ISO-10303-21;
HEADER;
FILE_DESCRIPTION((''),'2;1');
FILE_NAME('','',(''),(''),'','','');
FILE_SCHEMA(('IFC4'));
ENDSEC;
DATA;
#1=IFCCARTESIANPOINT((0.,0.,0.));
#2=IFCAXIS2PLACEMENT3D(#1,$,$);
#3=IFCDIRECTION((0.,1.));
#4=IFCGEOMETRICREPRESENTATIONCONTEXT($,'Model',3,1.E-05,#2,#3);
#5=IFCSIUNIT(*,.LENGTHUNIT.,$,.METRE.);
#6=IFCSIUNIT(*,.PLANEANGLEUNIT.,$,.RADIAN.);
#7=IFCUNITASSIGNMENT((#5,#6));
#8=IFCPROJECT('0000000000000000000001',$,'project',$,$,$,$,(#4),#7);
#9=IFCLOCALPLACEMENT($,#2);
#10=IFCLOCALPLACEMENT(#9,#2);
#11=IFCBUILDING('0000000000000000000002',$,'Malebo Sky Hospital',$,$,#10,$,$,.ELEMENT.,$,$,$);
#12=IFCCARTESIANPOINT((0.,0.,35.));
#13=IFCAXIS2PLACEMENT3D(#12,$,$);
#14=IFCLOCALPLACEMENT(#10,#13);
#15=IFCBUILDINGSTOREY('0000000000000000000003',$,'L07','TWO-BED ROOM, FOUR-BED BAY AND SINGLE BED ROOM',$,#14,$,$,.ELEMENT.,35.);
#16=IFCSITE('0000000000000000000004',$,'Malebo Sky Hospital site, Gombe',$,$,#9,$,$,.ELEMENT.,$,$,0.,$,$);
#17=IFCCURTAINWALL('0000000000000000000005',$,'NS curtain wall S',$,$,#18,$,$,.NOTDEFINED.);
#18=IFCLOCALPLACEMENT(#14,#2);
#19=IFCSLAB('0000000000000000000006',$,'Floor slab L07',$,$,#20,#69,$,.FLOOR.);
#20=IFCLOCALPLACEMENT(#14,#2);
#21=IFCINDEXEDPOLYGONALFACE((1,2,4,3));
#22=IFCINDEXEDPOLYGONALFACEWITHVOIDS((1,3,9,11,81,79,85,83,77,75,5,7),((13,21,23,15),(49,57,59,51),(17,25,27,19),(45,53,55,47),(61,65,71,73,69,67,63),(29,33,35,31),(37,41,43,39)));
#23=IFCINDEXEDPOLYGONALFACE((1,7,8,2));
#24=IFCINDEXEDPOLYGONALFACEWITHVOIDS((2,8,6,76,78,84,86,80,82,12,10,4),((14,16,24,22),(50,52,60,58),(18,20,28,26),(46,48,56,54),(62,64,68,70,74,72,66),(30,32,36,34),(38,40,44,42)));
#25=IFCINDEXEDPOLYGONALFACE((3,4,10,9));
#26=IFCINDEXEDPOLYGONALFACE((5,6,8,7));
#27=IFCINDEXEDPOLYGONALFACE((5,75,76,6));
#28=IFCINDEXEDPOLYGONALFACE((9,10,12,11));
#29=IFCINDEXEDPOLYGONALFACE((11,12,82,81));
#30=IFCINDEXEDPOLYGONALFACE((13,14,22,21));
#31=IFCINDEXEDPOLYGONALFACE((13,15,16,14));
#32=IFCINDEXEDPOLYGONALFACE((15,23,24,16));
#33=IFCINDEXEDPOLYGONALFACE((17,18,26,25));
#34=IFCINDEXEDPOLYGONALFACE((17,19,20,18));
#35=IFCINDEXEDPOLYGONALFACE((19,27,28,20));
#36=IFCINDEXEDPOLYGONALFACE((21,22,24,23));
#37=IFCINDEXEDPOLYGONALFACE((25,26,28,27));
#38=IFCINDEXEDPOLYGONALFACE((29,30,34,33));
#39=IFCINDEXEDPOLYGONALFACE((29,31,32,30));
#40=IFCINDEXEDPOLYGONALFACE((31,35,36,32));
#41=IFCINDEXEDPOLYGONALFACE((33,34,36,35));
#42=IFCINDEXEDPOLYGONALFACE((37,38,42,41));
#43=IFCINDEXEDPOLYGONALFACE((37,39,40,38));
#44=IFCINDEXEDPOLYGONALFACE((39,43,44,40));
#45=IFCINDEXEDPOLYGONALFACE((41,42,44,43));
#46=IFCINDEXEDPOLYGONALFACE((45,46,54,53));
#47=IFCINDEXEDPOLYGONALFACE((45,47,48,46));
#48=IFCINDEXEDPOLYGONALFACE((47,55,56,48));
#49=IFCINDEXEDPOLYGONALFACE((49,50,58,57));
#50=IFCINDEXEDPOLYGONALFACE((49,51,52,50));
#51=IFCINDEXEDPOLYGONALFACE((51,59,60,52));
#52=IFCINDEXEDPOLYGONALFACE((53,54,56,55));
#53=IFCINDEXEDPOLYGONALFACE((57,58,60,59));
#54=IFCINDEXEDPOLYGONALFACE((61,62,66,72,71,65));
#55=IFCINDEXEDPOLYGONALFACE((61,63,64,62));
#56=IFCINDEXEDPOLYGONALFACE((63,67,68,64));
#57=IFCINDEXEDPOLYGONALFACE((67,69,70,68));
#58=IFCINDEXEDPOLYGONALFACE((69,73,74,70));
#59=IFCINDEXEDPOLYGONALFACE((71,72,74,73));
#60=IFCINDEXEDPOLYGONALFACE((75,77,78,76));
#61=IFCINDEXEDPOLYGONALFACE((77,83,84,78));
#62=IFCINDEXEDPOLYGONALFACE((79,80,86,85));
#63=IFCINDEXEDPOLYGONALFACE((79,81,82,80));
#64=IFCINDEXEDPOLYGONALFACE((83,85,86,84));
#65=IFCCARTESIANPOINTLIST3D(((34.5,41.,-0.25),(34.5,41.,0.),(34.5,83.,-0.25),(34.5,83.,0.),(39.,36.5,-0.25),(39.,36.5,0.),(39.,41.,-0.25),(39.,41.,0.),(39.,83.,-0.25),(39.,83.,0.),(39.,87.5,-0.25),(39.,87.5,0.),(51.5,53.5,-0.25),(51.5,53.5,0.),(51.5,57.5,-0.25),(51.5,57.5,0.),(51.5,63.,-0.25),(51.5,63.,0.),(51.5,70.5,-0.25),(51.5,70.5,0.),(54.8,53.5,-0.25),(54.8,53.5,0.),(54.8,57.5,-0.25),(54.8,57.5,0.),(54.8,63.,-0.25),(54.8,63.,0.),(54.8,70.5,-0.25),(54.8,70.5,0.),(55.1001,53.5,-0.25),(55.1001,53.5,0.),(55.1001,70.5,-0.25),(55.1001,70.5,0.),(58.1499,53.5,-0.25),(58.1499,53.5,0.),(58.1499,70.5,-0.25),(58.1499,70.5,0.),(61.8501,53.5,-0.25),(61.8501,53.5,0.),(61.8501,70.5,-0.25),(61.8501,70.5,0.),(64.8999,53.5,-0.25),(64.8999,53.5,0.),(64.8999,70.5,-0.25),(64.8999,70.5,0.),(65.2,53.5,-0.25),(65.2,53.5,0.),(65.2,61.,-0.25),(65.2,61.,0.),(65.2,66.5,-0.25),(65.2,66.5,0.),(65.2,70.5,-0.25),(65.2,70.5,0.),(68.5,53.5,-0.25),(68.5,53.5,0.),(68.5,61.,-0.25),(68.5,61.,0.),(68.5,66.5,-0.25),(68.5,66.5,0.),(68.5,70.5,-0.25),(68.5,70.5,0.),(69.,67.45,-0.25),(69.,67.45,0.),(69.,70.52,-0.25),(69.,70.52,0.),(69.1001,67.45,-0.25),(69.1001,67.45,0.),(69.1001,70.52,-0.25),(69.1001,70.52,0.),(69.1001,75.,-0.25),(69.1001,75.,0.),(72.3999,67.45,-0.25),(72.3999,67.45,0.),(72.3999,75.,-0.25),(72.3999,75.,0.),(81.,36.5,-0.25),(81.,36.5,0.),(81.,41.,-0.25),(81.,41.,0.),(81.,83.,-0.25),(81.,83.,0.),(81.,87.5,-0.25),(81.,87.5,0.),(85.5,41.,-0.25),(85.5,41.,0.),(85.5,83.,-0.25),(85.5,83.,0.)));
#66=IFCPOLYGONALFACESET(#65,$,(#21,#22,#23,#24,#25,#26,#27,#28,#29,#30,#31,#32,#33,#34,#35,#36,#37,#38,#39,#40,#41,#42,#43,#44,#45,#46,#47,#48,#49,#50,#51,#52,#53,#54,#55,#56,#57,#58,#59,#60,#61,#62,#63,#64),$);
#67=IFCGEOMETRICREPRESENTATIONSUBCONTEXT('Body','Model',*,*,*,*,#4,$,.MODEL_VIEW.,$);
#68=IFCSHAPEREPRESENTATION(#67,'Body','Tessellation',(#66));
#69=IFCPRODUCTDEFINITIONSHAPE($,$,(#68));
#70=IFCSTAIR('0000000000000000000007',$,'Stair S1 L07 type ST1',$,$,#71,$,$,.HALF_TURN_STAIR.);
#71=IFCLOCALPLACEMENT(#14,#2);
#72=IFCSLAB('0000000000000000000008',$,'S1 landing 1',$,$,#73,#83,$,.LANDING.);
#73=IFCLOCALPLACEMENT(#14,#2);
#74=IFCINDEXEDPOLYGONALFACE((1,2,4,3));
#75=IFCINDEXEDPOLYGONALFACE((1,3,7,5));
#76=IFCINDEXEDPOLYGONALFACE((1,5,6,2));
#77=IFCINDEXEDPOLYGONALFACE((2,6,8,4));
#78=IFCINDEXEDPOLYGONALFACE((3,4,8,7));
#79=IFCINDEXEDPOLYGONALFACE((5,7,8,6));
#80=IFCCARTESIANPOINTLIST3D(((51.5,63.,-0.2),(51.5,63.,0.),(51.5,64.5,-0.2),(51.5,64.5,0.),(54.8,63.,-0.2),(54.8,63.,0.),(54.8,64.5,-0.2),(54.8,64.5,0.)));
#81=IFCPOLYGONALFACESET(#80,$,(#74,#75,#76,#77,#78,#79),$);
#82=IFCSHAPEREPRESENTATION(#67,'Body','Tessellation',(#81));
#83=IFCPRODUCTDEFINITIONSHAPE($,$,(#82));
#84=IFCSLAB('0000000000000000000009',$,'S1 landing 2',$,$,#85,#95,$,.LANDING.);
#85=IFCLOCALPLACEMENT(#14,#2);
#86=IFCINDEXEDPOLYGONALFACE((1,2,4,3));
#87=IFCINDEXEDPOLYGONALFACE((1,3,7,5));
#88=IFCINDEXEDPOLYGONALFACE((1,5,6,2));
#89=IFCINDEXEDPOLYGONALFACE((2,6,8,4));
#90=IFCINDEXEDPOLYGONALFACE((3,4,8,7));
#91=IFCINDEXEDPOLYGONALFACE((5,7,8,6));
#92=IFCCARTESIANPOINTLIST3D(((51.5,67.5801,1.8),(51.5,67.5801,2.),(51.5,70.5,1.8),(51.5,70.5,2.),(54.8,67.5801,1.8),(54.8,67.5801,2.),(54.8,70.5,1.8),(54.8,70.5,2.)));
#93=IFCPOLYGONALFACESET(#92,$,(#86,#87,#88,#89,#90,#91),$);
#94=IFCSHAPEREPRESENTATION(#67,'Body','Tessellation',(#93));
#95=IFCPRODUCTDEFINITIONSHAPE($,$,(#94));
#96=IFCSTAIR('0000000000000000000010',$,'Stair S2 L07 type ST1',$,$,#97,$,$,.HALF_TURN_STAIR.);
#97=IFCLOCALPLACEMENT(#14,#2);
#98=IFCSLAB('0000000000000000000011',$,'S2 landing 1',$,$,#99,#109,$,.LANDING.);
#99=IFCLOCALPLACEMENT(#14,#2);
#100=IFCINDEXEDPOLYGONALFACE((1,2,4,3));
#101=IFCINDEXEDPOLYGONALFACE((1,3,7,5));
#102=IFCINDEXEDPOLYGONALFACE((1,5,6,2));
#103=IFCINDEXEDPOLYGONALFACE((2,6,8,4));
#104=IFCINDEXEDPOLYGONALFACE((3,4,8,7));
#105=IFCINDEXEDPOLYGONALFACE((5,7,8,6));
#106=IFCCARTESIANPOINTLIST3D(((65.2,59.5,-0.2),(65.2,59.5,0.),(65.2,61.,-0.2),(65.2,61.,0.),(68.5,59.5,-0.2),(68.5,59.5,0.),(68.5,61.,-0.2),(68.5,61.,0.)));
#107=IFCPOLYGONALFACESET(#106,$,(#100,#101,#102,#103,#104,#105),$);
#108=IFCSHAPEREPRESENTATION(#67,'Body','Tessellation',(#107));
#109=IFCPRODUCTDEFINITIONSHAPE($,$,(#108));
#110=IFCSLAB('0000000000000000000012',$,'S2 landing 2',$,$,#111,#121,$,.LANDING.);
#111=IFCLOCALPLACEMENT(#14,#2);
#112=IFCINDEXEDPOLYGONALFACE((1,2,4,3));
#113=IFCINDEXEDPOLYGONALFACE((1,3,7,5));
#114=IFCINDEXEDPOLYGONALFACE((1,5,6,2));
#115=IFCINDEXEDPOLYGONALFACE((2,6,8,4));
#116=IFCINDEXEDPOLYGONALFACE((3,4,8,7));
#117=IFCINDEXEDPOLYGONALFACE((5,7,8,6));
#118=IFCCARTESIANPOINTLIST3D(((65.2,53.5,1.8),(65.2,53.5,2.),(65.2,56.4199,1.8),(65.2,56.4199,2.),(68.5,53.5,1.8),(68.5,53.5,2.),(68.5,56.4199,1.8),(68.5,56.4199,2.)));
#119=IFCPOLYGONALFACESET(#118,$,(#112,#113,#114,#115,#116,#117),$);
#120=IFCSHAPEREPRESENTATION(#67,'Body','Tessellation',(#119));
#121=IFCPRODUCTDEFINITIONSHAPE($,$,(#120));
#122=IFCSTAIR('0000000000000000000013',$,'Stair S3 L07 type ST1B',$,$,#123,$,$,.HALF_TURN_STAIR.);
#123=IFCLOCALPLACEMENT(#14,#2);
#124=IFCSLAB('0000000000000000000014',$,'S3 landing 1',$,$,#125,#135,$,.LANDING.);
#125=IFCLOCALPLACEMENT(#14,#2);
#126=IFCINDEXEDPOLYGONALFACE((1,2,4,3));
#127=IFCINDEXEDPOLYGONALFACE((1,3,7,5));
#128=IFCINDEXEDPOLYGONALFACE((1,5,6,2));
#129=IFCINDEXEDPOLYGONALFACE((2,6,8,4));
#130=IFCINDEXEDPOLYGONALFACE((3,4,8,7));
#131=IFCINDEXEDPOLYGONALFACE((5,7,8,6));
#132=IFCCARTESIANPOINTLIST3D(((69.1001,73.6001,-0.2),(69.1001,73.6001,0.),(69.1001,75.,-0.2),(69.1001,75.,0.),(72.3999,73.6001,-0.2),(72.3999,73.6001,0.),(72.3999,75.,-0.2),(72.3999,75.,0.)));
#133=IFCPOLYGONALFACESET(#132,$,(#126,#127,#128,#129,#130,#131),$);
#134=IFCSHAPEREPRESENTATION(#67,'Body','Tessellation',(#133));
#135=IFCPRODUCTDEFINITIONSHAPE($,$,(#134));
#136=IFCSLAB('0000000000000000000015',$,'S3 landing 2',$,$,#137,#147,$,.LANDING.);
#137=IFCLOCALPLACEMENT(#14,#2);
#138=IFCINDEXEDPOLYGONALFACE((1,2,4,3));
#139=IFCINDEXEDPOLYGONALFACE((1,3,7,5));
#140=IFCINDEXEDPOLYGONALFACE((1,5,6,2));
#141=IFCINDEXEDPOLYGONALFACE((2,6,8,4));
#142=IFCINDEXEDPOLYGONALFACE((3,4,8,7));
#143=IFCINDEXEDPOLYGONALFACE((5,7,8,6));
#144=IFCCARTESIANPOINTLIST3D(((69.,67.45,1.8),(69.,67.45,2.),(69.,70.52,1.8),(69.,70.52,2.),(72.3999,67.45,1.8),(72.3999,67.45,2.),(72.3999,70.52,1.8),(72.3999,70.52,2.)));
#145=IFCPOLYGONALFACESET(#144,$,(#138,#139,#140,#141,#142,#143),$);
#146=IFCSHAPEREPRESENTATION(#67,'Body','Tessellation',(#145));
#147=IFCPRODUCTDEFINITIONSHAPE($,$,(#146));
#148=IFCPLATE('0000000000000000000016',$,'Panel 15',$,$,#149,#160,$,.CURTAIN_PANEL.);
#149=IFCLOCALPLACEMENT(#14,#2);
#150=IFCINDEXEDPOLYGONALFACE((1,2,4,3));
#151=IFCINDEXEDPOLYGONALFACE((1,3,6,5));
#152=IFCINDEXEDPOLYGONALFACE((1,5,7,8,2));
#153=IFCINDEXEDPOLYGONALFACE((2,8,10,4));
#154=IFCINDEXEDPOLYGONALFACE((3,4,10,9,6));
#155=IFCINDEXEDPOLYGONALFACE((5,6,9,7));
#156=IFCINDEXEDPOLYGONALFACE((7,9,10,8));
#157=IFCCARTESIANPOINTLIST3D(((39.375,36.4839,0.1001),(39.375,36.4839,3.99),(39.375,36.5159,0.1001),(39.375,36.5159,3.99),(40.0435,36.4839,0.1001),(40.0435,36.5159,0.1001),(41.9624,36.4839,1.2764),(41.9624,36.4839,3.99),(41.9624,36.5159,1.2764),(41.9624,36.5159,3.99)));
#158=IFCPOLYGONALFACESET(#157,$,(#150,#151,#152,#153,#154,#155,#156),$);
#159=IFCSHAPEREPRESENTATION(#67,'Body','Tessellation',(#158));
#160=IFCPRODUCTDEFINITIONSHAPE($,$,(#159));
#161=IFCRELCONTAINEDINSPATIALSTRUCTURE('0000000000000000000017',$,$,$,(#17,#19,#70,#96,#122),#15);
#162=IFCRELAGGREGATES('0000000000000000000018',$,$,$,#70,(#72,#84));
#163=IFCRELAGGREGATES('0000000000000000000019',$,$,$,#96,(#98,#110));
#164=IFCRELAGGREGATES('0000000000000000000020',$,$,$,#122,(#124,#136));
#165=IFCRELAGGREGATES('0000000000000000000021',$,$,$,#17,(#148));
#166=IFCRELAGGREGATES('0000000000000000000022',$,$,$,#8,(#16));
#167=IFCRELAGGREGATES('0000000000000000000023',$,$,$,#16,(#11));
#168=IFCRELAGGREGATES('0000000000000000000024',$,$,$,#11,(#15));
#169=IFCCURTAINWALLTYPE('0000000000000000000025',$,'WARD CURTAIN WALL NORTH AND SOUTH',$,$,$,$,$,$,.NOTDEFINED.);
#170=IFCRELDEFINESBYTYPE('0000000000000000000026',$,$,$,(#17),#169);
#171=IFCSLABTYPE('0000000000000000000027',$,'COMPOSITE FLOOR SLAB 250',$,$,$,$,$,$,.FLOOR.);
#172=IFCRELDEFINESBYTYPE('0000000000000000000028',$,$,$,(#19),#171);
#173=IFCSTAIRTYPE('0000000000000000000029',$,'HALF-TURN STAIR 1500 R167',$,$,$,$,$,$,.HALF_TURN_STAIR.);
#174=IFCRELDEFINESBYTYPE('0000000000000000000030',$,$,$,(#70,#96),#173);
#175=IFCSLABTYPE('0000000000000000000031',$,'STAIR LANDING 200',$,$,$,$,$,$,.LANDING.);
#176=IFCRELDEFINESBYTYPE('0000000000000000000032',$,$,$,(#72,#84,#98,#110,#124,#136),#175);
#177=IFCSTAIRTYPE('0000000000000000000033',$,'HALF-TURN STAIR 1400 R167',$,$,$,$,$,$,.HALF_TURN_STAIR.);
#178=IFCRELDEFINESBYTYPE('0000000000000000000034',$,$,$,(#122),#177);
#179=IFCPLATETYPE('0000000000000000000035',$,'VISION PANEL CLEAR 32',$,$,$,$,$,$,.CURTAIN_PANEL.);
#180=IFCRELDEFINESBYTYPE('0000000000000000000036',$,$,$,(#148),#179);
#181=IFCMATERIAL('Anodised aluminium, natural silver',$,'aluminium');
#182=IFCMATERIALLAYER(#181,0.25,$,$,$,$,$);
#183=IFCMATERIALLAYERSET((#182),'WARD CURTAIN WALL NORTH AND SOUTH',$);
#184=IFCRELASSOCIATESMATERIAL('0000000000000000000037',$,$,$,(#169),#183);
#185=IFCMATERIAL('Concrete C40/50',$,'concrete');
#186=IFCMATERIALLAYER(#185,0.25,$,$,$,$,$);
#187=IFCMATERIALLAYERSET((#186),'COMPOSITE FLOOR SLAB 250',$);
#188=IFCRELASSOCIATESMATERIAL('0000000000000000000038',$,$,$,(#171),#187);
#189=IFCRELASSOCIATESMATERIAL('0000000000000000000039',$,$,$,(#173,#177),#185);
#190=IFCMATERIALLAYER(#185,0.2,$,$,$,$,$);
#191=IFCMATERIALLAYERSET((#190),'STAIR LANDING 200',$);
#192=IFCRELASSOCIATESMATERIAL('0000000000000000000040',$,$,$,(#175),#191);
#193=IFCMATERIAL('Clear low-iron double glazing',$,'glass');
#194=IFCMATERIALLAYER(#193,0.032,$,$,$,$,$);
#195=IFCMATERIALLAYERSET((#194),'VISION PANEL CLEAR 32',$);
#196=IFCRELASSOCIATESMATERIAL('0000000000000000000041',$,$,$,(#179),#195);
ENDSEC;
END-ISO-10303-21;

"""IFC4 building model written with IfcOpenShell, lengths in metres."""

from ifc_helpers import new_model, si_unit, direction, frame, origin, place, context, subcontext, project, spatial, polyline, outline, extrude, material, layer, layer_set, type_object, element, aggregate, save


model = new_model("IFC4")

# Units and contexts
model_context = context("Model", 3, precision=1e-05, world=origin(), true_north=direction((0.0, 1.0)))
body_context = subcontext(model_context, "Body", "Model", "MODEL_VIEW")
ifc_project = project(units=[si_unit("LENGTHUNIT", "METRE"), si_unit("PLANEANGLEUNIT", "RADIAN")], contexts=[model_context])

# Site, building, storey
site_placement = place(None, origin())
site = spatial("IfcSite", under=ifc_project, at=site_placement, Name="Malebo Sky Hospital site, Gombe", CompositionType="ELEMENT", RefElevation=0.0)
building_placement = place(site_placement, origin())
building = spatial("IfcBuilding", under=site, at=building_placement, Name="Malebo Sky Hospital", CompositionType="ELEMENT")
storey_placement = place(building_placement, frame((0.0, 0.0, 35.0)))
storey = spatial("IfcBuildingStorey", under=building, at=storey_placement, Name="L07", Description="TWO-BED ROOM, FOUR-BED BAY AND SINGLE BED ROOM", CompositionType="ELEMENT", Elevation=35.0)

# Curtain wall
ifc_material_1 = material(Name="Anodised aluminium, natural silver", Category="aluminium")
ifc_layer_1 = layer(ifc_material_1, 0.25)
ifc_layer_set_1 = layer_set([ifc_layer_1], Name="WARD CURTAIN WALL NORTH AND SOUTH")
curtain_wall_type = type_object("IfcCurtainWallType", Name="WARD CURTAIN WALL NORTH AND SOUTH", PredefinedType="NOTDEFINED", material=ifc_layer_set_1)
curtain_wall_placement = place(storey_placement, origin())
curtain_wall = element("IfcCurtainWall", 1, at=curtain_wall_placement, inside=storey, type_object=curtain_wall_type, Name="NS curtain wall S", PredefinedType="NOTDEFINED")

# Slab
ifc_material_2 = material(Name="Concrete C40/50", Category="concrete")
ifc_layer_2 = layer(ifc_material_2, 0.25)
ifc_layer_set_2 = layer_set([ifc_layer_2], Name="COMPOSITE FLOOR SLAB 250")
slab_type_1 = type_object("IfcSlabType", Name="COMPOSITE FLOOR SLAB 250", PredefinedType="FLOOR", material=ifc_layer_set_2)
slab_1_placement = place(storey_placement, frame((0.0, 0.0, -0.25)))
element("IfcSlab", 2, at=slab_1_placement, inside=storey, type_object=slab_type_1, Name="Floor slab L07", PredefinedType="FLOOR", context=body_context, shape_type="SweptSolid", body=[
    extrude(outline(polyline([(39.0, 87.5), (39.0, 83.0), (34.5, 83.0), (34.5, 41.0), (39.0, 41.0), (39.0, 36.5), (81.0, 36.5), (81.0, 41.0), (85.5, 41.0), (85.5, 83.0), (81.0, 83.0), (81.0, 87.5), (39.0, 87.5)]), holes=[polyline([(55.1001, 70.5), (58.1499, 70.5), (58.1499, 53.5), (55.1001, 53.5), (55.1001, 70.5)]), polyline([(64.8999, 70.5), (64.8999, 53.5), (61.8501, 53.5), (61.8501, 70.5), (64.8999, 70.5)]), polyline([(54.8, 63.0), (51.5, 63.0), (51.5, 70.5), (54.8, 70.5), (54.8, 63.0)]), polyline([(51.5, 53.5), (51.5, 57.5), (54.8, 57.5), (54.8, 53.5), (51.5, 53.5)]), polyline([(65.2, 61.0), (68.5, 61.0), (68.5, 53.5), (65.2, 53.5), (65.2, 61.0)]), polyline([(68.5, 70.5), (68.5, 66.5), (65.2, 66.5), (65.2, 70.5), (68.5, 70.5)]), polyline([(69.0, 67.45), (69.0, 70.52), (69.1001, 70.52), (69.1001, 75.0), (72.3999, 75.0), (72.3999, 67.45), (69.1001, 67.45), (69.0, 67.45)])]), origin(), (0.0, 0.0, 1.0), 0.25),
])

# Stairs, slabs
stair_type_1 = type_object("IfcStairType", Name="HALF-TURN STAIR 1500 R167", PredefinedType="HALF_TURN_STAIR", material=ifc_material_2)
stair_1_placement = place(storey_placement, origin())
stair_1 = element("IfcStair", 3, at=stair_1_placement, inside=storey, type_object=stair_type_1, Name="Stair S1 L07 type ST1", PredefinedType="HALF_TURN_STAIR")
ifc_layer_3 = layer(ifc_material_2, 0.2)
ifc_layer_set_3 = layer_set([ifc_layer_3], Name="STAIR LANDING 200")
slab_type_2 = type_object("IfcSlabType", Name="STAIR LANDING 200", PredefinedType="LANDING", material=ifc_layer_set_3)
slab_2_placement = place(storey_placement, frame((0.0, 0.0, -0.2)))
slab_2 = element("IfcSlab", 4, at=slab_2_placement, type_object=slab_type_2, Name="S1 landing 1", PredefinedType="LANDING", context=body_context, shape_type="SweptSolid", body=[
    extrude(outline(polyline([(51.5, 63.0), (54.8, 63.0), (54.8, 64.5), (51.5, 64.5), (51.5, 63.0)])), origin(), (0.0, 0.0, 1.0), 0.2),
])
slab_3_placement = place(storey_placement, frame((0.0, 0.0, 1.8)))
slab_3 = element("IfcSlab", 5, at=slab_3_placement, type_object=slab_type_2, Name="S1 landing 2", PredefinedType="LANDING", context=body_context, shape_type="SweptSolid", body=[
    extrude(outline(polyline([(51.5, 67.5801), (54.8, 67.5801), (54.8, 70.5), (51.5, 70.5), (51.5, 67.5801)])), origin(), (0.0, 0.0, 1.0), 0.2),
])
aggregate(stair_1, [slab_2, slab_3])
stair_2_placement = place(storey_placement, origin())
stair_2 = element("IfcStair", 6, at=stair_2_placement, inside=storey, type_object=stair_type_1, Name="Stair S2 L07 type ST1", PredefinedType="HALF_TURN_STAIR")
slab_4_placement = place(storey_placement, frame((0.0, 0.0, -0.2)))
slab_4 = element("IfcSlab", 7, at=slab_4_placement, type_object=slab_type_2, Name="S2 landing 1", PredefinedType="LANDING", context=body_context, shape_type="SweptSolid", body=[
    extrude(outline(polyline([(65.2, 59.5), (68.5, 59.5), (68.5, 61.0), (65.2, 61.0), (65.2, 59.5)])), origin(), (0.0, 0.0, 1.0), 0.2),
])
slab_5_placement = place(storey_placement, frame((0.0, 0.0, 1.8)))
slab_5 = element("IfcSlab", 8, at=slab_5_placement, type_object=slab_type_2, Name="S2 landing 2", PredefinedType="LANDING", context=body_context, shape_type="SweptSolid", body=[
    extrude(outline(polyline([(65.2, 53.5), (68.5, 53.5), (68.5, 56.4199), (65.2, 56.4199), (65.2, 53.5)])), origin(), (0.0, 0.0, 1.0), 0.2),
])
aggregate(stair_2, [slab_4, slab_5])
stair_type_2 = type_object("IfcStairType", Name="HALF-TURN STAIR 1400 R167", PredefinedType="HALF_TURN_STAIR", material=ifc_material_2)
stair_3_placement = place(storey_placement, origin())
stair_3 = element("IfcStair", 9, at=stair_3_placement, inside=storey, type_object=stair_type_2, Name="Stair S3 L07 type ST1B", PredefinedType="HALF_TURN_STAIR")
slab_6_placement = place(storey_placement, frame((0.0, 0.0, -0.2)))
slab_6 = element("IfcSlab", 10, at=slab_6_placement, type_object=slab_type_2, Name="S3 landing 1", PredefinedType="LANDING", context=body_context, shape_type="SweptSolid", body=[
    extrude(outline(polyline([(69.1001, 73.6001), (72.3999, 73.6001), (72.3999, 75.0), (69.1001, 75.0), (69.1001, 73.6001)])), origin(), (0.0, 0.0, 1.0), 0.2),
])
slab_7_placement = place(storey_placement, frame((0.0, 0.0, 1.8)))
slab_7 = element("IfcSlab", 11, at=slab_7_placement, type_object=slab_type_2, Name="S3 landing 2", PredefinedType="LANDING", context=body_context, shape_type="SweptSolid", body=[
    extrude(outline(polyline([(69.0, 67.45), (72.3999, 67.45), (72.3999, 70.52), (69.0, 70.52), (69.0, 67.45)])), origin(), (0.0, 0.0, 1.0), 0.2),
])
aggregate(stair_3, [slab_6, slab_7])

# Plate
ifc_material_3 = material(Name="Clear low-iron double glazing", Category="glass")
ifc_layer_4 = layer(ifc_material_3, 0.032)
ifc_layer_set_4 = layer_set([ifc_layer_4], Name="VISION PANEL CLEAR 32")
plate_type = type_object("IfcPlateType", Name="VISION PANEL CLEAR 32", PredefinedType="CURTAIN_PANEL", material=ifc_layer_set_4)
plate_placement = place(storey_placement, frame((40.6687, 36.5, 0.1001), z_axis=(0.0, 0.0, 1.0), x_axis=(-1.0, 0.0, 0.0)))
plate = element("IfcPlate", 12, at=plate_placement, type_object=plate_type, Name="Panel 15", PredefinedType="CURTAIN_PANEL", context=body_context, shape_type="SweptSolid", body=[
    extrude(outline(polyline([(0.6252, 0.0), (1.2937, 0.0), (1.2937, 3.8899), (-1.2937, 3.8899), (-1.2937, 1.1763), (0.6252, 0.0)])), frame((0.0, 0.0161, 0.0), z_axis=(0.0, -1.0, 0.0), x_axis=(1.0, 0.0, 0.0)), (0.0, 0.0, 1.0), 0.032),
])
aggregate(curtain_wall, [plate])

save(model, "model.ifc")
